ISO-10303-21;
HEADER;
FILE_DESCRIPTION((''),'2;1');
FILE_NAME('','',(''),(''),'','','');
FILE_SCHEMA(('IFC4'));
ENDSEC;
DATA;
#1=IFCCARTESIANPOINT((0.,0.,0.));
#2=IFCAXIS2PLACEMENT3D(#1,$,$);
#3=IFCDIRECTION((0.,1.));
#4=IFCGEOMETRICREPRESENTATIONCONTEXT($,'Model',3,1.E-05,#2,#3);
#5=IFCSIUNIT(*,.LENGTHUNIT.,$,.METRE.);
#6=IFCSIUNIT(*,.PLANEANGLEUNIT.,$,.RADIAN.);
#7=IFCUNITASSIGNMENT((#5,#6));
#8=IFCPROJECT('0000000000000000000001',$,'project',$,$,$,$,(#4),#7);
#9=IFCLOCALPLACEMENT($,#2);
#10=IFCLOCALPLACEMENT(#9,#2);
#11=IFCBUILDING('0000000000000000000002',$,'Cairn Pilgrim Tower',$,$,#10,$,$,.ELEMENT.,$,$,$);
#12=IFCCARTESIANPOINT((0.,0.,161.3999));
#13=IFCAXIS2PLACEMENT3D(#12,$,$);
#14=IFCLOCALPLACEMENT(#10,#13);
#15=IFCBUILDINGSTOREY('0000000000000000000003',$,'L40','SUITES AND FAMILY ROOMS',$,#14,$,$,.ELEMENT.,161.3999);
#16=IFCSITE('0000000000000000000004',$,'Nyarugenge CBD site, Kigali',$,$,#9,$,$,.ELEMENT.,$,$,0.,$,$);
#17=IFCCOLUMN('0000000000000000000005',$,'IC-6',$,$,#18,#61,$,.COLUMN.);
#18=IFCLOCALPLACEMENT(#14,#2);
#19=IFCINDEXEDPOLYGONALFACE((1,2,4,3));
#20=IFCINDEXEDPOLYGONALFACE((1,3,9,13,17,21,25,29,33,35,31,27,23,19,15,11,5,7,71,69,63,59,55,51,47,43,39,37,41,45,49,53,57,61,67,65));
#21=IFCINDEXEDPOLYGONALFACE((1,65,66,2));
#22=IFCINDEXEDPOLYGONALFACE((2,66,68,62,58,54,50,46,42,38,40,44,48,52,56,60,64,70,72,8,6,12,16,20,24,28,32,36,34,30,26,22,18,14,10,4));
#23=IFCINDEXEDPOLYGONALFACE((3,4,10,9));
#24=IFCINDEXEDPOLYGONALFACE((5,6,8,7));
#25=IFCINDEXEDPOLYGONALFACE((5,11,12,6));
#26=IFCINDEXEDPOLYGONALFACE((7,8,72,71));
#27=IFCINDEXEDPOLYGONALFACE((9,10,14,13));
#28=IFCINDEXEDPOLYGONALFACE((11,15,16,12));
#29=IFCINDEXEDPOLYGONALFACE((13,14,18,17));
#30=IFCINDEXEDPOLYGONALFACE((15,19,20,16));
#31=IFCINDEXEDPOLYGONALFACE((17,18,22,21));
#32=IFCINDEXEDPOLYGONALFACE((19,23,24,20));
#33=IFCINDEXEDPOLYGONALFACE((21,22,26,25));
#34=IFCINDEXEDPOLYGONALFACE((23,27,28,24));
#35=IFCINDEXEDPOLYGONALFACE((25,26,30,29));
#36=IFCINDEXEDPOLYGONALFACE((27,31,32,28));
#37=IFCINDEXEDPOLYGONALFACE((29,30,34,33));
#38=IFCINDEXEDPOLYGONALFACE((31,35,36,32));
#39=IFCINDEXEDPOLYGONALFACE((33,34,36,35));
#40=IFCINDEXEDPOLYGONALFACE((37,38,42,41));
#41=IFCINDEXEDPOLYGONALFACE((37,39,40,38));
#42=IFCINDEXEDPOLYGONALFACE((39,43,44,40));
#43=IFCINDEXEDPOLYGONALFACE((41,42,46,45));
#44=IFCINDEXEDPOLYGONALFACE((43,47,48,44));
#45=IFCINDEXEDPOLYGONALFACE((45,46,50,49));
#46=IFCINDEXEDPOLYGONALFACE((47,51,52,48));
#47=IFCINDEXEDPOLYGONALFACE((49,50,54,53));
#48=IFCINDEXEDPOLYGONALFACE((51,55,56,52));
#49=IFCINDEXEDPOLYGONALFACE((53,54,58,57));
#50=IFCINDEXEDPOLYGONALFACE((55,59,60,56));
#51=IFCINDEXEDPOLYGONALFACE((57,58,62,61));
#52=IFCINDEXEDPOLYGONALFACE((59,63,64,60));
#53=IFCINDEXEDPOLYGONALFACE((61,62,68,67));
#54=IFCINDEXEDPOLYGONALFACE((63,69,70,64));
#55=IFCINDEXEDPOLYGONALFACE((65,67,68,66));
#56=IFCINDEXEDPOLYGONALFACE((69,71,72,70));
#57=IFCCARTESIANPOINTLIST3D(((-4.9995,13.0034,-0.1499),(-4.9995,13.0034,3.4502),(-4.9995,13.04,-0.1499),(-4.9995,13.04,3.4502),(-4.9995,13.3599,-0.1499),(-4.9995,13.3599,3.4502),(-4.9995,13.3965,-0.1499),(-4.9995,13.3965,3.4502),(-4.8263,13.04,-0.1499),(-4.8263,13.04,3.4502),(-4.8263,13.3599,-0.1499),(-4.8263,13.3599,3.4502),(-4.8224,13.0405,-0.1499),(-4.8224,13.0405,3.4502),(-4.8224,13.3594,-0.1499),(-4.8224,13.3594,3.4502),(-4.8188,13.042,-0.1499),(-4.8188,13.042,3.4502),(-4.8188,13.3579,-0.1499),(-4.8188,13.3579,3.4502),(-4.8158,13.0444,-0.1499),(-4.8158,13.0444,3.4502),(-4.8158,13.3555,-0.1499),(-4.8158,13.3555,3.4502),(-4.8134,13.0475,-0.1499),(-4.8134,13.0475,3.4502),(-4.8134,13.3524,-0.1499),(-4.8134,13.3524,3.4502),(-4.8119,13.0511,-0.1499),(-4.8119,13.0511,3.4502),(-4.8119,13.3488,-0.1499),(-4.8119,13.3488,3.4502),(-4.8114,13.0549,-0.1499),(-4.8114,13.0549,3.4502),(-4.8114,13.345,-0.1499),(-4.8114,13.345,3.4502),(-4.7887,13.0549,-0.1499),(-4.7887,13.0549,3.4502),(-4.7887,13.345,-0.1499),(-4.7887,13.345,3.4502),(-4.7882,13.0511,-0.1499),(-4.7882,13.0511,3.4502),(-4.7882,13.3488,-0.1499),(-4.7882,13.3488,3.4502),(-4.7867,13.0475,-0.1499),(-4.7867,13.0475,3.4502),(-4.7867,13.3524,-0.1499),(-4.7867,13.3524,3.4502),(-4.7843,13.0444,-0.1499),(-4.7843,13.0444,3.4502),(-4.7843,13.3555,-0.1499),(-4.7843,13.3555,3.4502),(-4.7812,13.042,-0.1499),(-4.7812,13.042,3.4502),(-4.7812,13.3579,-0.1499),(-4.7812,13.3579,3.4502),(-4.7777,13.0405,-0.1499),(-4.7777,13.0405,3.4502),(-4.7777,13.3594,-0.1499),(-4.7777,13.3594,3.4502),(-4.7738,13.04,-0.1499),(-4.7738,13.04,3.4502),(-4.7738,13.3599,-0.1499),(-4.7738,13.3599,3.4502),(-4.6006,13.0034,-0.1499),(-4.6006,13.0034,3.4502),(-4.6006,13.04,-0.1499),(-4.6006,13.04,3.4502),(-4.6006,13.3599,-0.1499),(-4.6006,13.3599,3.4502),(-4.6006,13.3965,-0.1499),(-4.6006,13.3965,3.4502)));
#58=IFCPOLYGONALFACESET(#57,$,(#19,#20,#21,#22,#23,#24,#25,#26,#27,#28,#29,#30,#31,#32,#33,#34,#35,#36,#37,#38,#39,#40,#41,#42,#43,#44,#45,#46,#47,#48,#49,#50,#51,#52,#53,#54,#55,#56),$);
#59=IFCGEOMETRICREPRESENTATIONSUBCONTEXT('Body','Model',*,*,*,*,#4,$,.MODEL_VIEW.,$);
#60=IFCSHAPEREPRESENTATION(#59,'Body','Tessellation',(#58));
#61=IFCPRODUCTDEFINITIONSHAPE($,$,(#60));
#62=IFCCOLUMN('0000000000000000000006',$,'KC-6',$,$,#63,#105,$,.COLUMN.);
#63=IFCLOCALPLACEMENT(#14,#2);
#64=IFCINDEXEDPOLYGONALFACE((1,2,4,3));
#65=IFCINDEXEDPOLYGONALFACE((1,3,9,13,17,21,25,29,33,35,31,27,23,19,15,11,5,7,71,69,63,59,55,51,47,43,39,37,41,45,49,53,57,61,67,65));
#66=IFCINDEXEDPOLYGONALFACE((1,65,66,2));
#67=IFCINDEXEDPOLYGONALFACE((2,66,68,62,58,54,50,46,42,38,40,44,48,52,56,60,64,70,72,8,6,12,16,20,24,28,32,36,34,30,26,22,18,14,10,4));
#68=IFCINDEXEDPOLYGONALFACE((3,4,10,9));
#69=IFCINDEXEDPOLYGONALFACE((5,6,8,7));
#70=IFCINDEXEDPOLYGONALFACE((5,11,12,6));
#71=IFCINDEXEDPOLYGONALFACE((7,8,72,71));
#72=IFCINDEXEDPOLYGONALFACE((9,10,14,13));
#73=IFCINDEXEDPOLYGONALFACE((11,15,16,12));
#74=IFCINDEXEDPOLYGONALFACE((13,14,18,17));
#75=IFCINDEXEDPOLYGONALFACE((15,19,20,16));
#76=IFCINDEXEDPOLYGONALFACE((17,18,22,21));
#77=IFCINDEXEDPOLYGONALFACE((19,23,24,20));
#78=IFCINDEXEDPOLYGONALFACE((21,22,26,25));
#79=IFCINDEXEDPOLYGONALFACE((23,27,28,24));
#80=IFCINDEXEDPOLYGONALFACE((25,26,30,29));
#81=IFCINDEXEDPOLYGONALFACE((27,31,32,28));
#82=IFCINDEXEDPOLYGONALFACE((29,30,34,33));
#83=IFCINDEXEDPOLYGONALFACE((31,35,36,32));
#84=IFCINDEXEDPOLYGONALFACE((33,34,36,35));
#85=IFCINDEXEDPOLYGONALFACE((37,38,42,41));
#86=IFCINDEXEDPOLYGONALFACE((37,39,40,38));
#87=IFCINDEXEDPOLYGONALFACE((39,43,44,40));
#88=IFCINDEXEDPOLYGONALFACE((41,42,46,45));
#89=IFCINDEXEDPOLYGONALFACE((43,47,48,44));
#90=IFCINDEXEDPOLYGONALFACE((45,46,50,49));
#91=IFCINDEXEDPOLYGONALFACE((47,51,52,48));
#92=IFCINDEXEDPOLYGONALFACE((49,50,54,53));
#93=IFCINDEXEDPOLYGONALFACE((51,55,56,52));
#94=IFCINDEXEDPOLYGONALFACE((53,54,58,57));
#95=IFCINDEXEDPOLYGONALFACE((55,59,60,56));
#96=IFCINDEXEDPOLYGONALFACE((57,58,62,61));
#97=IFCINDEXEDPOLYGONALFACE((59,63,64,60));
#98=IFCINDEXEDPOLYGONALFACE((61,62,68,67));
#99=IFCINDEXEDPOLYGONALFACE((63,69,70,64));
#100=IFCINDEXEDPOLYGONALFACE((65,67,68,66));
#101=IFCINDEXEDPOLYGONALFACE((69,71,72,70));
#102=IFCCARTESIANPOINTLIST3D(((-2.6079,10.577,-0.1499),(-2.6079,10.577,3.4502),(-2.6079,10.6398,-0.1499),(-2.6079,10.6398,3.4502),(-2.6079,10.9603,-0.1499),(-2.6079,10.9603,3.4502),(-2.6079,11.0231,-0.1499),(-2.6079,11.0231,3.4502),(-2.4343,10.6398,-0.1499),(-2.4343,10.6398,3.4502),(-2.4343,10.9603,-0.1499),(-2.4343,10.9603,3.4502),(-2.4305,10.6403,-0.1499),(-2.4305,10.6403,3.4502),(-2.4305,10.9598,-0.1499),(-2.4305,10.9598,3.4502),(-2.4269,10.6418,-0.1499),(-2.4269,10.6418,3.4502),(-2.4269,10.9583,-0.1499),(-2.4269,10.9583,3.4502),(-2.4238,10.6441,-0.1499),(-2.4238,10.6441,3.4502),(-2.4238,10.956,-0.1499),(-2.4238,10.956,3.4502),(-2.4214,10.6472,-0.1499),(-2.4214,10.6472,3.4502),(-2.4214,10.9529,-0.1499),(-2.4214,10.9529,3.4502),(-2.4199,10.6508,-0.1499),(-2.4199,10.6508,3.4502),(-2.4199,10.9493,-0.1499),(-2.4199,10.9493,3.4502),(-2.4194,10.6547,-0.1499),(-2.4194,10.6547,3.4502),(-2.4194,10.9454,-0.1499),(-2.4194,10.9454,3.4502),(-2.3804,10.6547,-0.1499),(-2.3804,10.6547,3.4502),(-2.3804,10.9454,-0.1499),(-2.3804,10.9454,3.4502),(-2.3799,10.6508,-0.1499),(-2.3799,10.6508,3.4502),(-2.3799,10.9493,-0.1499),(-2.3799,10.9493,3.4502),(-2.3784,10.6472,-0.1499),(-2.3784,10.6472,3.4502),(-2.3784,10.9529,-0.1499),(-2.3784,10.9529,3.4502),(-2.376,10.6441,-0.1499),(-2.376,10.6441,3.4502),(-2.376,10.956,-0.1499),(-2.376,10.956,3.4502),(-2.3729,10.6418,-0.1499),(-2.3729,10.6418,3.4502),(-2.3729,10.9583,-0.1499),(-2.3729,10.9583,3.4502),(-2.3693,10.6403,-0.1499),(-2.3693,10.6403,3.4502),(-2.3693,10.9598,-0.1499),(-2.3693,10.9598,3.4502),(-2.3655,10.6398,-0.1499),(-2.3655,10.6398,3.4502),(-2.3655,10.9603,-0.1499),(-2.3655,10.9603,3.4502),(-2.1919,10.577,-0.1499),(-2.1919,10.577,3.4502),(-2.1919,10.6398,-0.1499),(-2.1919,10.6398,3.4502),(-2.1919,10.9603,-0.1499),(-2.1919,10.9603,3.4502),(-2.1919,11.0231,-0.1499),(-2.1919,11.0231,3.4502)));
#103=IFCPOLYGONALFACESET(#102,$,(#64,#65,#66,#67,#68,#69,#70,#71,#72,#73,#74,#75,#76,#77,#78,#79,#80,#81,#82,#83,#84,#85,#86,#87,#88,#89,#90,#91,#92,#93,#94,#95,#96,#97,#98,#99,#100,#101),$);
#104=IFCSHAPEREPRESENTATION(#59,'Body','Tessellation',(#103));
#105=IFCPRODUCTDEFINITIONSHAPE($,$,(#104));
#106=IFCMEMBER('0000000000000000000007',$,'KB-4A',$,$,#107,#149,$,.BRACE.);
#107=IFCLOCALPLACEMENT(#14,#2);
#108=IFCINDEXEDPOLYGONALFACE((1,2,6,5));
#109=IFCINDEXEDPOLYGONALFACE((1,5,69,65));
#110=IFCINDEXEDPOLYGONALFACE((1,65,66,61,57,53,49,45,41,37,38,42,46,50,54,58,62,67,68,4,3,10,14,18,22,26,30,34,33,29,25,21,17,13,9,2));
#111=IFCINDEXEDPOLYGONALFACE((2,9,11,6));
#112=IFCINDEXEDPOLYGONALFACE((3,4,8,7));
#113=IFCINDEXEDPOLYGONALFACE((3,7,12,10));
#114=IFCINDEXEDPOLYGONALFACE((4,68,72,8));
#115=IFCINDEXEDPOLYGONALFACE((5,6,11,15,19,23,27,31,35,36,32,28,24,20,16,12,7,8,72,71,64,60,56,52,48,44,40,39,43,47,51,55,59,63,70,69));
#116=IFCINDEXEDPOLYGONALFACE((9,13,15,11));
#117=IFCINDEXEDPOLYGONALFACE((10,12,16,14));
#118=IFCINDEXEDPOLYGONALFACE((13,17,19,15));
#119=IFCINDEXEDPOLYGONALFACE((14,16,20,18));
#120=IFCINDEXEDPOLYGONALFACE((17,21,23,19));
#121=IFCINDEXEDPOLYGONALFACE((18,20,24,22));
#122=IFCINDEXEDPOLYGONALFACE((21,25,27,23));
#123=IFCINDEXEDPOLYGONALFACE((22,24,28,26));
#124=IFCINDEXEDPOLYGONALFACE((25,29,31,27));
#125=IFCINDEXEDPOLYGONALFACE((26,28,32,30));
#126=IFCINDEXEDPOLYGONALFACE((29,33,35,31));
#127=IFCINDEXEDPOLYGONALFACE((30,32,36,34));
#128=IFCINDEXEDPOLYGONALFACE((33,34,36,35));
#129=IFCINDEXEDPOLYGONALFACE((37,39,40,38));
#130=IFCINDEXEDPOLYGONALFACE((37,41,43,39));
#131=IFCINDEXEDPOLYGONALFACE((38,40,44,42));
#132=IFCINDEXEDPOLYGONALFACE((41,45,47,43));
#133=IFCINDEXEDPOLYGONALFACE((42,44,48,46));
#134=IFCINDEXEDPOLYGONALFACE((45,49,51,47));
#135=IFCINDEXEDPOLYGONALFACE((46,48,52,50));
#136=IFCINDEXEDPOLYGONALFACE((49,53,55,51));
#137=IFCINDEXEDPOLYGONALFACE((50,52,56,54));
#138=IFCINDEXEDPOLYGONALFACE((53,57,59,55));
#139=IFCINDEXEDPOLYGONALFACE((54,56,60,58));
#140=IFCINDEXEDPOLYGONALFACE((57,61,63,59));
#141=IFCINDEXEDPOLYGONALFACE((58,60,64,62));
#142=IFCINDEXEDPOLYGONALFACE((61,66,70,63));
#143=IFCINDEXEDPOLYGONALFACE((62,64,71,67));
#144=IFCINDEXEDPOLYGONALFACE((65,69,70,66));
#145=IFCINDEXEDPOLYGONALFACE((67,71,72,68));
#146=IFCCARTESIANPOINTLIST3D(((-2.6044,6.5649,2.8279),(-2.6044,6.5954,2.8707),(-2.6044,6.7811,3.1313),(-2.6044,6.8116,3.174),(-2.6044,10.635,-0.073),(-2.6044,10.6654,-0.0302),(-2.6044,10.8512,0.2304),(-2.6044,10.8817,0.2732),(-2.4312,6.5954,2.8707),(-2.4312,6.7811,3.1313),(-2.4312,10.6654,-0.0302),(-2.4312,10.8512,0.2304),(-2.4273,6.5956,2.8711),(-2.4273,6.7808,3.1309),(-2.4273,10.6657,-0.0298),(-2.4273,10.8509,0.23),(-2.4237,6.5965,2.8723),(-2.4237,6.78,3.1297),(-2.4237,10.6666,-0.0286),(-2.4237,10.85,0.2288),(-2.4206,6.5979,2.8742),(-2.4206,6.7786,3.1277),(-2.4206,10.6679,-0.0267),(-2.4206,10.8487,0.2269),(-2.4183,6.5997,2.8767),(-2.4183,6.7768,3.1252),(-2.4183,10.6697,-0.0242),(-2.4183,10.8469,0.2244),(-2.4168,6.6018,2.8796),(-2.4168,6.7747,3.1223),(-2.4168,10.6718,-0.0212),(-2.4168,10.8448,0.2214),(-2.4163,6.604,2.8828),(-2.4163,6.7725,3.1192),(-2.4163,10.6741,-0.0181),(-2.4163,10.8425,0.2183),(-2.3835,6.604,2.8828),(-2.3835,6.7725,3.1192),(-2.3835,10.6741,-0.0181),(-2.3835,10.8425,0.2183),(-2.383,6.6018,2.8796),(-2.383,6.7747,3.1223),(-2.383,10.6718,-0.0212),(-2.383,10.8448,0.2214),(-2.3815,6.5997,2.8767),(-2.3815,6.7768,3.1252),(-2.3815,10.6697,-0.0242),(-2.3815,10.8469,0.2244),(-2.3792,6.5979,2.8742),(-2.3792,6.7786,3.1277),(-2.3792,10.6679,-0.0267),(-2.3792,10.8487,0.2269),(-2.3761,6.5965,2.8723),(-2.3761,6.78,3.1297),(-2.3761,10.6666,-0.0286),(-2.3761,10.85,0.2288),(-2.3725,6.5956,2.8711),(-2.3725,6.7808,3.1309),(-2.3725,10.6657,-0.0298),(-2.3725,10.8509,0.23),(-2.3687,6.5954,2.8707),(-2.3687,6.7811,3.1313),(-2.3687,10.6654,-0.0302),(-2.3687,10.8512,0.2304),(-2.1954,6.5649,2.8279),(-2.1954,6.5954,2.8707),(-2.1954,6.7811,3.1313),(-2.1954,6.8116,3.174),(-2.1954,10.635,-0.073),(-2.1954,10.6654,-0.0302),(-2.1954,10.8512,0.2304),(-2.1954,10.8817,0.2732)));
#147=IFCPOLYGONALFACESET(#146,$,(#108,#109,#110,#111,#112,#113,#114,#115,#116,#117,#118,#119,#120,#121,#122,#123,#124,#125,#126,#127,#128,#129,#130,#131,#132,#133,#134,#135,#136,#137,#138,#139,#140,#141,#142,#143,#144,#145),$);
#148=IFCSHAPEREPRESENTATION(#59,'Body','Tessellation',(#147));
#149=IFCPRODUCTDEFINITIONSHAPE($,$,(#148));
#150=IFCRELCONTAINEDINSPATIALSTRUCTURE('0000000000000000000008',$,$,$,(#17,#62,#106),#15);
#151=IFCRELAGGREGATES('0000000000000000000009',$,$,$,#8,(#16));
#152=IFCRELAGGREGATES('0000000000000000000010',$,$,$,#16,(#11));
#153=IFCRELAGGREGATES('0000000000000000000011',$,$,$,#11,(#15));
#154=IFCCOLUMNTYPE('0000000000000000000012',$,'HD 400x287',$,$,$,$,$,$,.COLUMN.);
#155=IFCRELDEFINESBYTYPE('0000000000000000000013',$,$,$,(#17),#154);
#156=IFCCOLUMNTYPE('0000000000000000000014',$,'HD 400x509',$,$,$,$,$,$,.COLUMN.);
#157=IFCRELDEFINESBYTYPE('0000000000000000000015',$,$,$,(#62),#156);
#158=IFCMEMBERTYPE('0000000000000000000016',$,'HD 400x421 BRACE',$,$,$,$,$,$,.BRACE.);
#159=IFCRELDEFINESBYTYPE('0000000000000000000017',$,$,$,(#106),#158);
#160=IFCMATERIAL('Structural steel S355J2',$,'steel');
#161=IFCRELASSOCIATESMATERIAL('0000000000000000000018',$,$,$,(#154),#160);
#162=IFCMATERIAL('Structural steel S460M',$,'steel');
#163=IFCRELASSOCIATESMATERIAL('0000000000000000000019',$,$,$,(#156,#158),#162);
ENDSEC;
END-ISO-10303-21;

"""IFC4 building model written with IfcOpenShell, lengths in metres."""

from ifc_helpers import new_model, si_unit, direction, frame, origin, origin_2d, place, context, subcontext, project, spatial, i_section, extrude, material, material_profile, profile_set, type_object, element, save


model = new_model("IFC4")

# Units and contexts
model_context = context("Model", 3, precision=1e-05, world=origin(), true_north=direction((0.0, 1.0)))
body_context = subcontext(model_context, "Body", "Model", "MODEL_VIEW")
ifc_project = project(units=[si_unit("LENGTHUNIT", "METRE"), si_unit("PLANEANGLEUNIT", "RADIAN")], contexts=[model_context])

# Site, building, storey
site_placement = place(None, origin())
site = spatial("IfcSite", under=ifc_project, at=site_placement, Name="Nyarugenge CBD site, Kigali", CompositionType="ELEMENT", RefElevation=0.0)
building_placement = place(site_placement, origin())
building = spatial("IfcBuilding", under=site, at=building_placement, Name="Cairn Pilgrim Tower", CompositionType="ELEMENT")
storey_placement = place(building_placement, frame((0.0, 0.0, 161.3999)))
storey = spatial("IfcBuildingStorey", under=building, at=storey_placement, Name="L40", Description="SUITES AND FAMILY ROOMS", CompositionType="ELEMENT", Elevation=161.3999)

# Columns
ifc_material_1 = material(Name="Structural steel S355J2", Category="steel")
ifc_material_profile_1 = material_profile(ifc_material_1, i_section(OverallWidth=0.3989, OverallDepth=0.3931, WebThickness=0.0227, FlangeThickness=0.0366, FilletRadius=0.0149, at=origin_2d()), Name="HD 400x287")
ifc_profile_set_1 = profile_set([ifc_material_profile_1], Name="Structural steel S355J2")
column_type_1 = type_object("IfcColumnType", Name="HD 400x287", PredefinedType="COLUMN", material=ifc_profile_set_1)
column_1_placement = place(storey_placement, frame((-4.8, 13.2, -0.1499), z_axis=(0.0, 0.0, 1.0), x_axis=(1.0, 0.0, 0.0)))
element("IfcColumn", 1, at=column_1_placement, inside=storey, type_object=column_type_1, Name="IC-6", PredefinedType="COLUMN", context=body_context, shape_type="SweptSolid", body=[
    extrude(i_section(OverallWidth=0.3989, OverallDepth=0.3931, WebThickness=0.0227, FlangeThickness=0.0366, FilletRadius=0.0149, at=origin_2d()), origin(), (0.0, 0.0, 1.0), 3.6001),
])
ifc_material_2 = material(Name="Structural steel S460M", Category="steel")
ifc_material_profile_2 = material_profile(ifc_material_2, i_section(OverallWidth=0.416, OverallDepth=0.446, WebThickness=0.0391, FlangeThickness=0.0627, FilletRadius=0.0149, at=origin_2d()), Name="HD 400x509")
ifc_profile_set_2 = profile_set([ifc_material_profile_2], Name="Structural steel S460M")
column_type_2 = type_object("IfcColumnType", Name="HD 400x509", PredefinedType="COLUMN", material=ifc_profile_set_2)
column_2_placement = place(storey_placement, frame((-2.3999, 10.8, -0.1499), z_axis=(0.0, 0.0, 1.0), x_axis=(1.0, 0.0, 0.0)))
element("IfcColumn", 2, at=column_2_placement, inside=storey, type_object=column_type_2, Name="KC-6", PredefinedType="COLUMN", context=body_context, shape_type="SweptSolid", body=[
    extrude(i_section(OverallWidth=0.416, OverallDepth=0.446, WebThickness=0.0391, FlangeThickness=0.0627, FilletRadius=0.0149, at=origin_2d()), origin(), (0.0, 0.0, 1.0), 3.6001),
])

# Member
ifc_material_profile_3 = material_profile(ifc_material_2, i_section(OverallWidth=0.4089, OverallDepth=0.425, WebThickness=0.0327, FlangeThickness=0.0525, FilletRadius=0.0149, at=origin_2d()), Name="HD 400x421")
ifc_profile_set_3 = profile_set([ifc_material_profile_3], Name="Structural steel S460M")
member_type = type_object("IfcMemberType", Name="HD 400x421 BRACE", PredefinedType="BRACE", material=ifc_profile_set_3)
member_placement = place(storey_placement, frame((-2.3999, 10.7583, 0.1001), z_axis=(0.0, -0.81433, 0.580402), x_axis=(1.0, 0.0, 0.0)))
element("IfcMember", 3, at=member_placement, inside=storey, type_object=member_type, Name="KB-4A", PredefinedType="BRACE", context=body_context, shape_type="SweptSolid", body=[
    extrude(i_section(OverallWidth=0.4089, OverallDepth=0.425, WebThickness=0.0327, FlangeThickness=0.0525, FilletRadius=0.0149, at=origin_2d()), origin(), (0.0, 0.0, 1.0), 4.998),
])

save(model, "model.ifc")
